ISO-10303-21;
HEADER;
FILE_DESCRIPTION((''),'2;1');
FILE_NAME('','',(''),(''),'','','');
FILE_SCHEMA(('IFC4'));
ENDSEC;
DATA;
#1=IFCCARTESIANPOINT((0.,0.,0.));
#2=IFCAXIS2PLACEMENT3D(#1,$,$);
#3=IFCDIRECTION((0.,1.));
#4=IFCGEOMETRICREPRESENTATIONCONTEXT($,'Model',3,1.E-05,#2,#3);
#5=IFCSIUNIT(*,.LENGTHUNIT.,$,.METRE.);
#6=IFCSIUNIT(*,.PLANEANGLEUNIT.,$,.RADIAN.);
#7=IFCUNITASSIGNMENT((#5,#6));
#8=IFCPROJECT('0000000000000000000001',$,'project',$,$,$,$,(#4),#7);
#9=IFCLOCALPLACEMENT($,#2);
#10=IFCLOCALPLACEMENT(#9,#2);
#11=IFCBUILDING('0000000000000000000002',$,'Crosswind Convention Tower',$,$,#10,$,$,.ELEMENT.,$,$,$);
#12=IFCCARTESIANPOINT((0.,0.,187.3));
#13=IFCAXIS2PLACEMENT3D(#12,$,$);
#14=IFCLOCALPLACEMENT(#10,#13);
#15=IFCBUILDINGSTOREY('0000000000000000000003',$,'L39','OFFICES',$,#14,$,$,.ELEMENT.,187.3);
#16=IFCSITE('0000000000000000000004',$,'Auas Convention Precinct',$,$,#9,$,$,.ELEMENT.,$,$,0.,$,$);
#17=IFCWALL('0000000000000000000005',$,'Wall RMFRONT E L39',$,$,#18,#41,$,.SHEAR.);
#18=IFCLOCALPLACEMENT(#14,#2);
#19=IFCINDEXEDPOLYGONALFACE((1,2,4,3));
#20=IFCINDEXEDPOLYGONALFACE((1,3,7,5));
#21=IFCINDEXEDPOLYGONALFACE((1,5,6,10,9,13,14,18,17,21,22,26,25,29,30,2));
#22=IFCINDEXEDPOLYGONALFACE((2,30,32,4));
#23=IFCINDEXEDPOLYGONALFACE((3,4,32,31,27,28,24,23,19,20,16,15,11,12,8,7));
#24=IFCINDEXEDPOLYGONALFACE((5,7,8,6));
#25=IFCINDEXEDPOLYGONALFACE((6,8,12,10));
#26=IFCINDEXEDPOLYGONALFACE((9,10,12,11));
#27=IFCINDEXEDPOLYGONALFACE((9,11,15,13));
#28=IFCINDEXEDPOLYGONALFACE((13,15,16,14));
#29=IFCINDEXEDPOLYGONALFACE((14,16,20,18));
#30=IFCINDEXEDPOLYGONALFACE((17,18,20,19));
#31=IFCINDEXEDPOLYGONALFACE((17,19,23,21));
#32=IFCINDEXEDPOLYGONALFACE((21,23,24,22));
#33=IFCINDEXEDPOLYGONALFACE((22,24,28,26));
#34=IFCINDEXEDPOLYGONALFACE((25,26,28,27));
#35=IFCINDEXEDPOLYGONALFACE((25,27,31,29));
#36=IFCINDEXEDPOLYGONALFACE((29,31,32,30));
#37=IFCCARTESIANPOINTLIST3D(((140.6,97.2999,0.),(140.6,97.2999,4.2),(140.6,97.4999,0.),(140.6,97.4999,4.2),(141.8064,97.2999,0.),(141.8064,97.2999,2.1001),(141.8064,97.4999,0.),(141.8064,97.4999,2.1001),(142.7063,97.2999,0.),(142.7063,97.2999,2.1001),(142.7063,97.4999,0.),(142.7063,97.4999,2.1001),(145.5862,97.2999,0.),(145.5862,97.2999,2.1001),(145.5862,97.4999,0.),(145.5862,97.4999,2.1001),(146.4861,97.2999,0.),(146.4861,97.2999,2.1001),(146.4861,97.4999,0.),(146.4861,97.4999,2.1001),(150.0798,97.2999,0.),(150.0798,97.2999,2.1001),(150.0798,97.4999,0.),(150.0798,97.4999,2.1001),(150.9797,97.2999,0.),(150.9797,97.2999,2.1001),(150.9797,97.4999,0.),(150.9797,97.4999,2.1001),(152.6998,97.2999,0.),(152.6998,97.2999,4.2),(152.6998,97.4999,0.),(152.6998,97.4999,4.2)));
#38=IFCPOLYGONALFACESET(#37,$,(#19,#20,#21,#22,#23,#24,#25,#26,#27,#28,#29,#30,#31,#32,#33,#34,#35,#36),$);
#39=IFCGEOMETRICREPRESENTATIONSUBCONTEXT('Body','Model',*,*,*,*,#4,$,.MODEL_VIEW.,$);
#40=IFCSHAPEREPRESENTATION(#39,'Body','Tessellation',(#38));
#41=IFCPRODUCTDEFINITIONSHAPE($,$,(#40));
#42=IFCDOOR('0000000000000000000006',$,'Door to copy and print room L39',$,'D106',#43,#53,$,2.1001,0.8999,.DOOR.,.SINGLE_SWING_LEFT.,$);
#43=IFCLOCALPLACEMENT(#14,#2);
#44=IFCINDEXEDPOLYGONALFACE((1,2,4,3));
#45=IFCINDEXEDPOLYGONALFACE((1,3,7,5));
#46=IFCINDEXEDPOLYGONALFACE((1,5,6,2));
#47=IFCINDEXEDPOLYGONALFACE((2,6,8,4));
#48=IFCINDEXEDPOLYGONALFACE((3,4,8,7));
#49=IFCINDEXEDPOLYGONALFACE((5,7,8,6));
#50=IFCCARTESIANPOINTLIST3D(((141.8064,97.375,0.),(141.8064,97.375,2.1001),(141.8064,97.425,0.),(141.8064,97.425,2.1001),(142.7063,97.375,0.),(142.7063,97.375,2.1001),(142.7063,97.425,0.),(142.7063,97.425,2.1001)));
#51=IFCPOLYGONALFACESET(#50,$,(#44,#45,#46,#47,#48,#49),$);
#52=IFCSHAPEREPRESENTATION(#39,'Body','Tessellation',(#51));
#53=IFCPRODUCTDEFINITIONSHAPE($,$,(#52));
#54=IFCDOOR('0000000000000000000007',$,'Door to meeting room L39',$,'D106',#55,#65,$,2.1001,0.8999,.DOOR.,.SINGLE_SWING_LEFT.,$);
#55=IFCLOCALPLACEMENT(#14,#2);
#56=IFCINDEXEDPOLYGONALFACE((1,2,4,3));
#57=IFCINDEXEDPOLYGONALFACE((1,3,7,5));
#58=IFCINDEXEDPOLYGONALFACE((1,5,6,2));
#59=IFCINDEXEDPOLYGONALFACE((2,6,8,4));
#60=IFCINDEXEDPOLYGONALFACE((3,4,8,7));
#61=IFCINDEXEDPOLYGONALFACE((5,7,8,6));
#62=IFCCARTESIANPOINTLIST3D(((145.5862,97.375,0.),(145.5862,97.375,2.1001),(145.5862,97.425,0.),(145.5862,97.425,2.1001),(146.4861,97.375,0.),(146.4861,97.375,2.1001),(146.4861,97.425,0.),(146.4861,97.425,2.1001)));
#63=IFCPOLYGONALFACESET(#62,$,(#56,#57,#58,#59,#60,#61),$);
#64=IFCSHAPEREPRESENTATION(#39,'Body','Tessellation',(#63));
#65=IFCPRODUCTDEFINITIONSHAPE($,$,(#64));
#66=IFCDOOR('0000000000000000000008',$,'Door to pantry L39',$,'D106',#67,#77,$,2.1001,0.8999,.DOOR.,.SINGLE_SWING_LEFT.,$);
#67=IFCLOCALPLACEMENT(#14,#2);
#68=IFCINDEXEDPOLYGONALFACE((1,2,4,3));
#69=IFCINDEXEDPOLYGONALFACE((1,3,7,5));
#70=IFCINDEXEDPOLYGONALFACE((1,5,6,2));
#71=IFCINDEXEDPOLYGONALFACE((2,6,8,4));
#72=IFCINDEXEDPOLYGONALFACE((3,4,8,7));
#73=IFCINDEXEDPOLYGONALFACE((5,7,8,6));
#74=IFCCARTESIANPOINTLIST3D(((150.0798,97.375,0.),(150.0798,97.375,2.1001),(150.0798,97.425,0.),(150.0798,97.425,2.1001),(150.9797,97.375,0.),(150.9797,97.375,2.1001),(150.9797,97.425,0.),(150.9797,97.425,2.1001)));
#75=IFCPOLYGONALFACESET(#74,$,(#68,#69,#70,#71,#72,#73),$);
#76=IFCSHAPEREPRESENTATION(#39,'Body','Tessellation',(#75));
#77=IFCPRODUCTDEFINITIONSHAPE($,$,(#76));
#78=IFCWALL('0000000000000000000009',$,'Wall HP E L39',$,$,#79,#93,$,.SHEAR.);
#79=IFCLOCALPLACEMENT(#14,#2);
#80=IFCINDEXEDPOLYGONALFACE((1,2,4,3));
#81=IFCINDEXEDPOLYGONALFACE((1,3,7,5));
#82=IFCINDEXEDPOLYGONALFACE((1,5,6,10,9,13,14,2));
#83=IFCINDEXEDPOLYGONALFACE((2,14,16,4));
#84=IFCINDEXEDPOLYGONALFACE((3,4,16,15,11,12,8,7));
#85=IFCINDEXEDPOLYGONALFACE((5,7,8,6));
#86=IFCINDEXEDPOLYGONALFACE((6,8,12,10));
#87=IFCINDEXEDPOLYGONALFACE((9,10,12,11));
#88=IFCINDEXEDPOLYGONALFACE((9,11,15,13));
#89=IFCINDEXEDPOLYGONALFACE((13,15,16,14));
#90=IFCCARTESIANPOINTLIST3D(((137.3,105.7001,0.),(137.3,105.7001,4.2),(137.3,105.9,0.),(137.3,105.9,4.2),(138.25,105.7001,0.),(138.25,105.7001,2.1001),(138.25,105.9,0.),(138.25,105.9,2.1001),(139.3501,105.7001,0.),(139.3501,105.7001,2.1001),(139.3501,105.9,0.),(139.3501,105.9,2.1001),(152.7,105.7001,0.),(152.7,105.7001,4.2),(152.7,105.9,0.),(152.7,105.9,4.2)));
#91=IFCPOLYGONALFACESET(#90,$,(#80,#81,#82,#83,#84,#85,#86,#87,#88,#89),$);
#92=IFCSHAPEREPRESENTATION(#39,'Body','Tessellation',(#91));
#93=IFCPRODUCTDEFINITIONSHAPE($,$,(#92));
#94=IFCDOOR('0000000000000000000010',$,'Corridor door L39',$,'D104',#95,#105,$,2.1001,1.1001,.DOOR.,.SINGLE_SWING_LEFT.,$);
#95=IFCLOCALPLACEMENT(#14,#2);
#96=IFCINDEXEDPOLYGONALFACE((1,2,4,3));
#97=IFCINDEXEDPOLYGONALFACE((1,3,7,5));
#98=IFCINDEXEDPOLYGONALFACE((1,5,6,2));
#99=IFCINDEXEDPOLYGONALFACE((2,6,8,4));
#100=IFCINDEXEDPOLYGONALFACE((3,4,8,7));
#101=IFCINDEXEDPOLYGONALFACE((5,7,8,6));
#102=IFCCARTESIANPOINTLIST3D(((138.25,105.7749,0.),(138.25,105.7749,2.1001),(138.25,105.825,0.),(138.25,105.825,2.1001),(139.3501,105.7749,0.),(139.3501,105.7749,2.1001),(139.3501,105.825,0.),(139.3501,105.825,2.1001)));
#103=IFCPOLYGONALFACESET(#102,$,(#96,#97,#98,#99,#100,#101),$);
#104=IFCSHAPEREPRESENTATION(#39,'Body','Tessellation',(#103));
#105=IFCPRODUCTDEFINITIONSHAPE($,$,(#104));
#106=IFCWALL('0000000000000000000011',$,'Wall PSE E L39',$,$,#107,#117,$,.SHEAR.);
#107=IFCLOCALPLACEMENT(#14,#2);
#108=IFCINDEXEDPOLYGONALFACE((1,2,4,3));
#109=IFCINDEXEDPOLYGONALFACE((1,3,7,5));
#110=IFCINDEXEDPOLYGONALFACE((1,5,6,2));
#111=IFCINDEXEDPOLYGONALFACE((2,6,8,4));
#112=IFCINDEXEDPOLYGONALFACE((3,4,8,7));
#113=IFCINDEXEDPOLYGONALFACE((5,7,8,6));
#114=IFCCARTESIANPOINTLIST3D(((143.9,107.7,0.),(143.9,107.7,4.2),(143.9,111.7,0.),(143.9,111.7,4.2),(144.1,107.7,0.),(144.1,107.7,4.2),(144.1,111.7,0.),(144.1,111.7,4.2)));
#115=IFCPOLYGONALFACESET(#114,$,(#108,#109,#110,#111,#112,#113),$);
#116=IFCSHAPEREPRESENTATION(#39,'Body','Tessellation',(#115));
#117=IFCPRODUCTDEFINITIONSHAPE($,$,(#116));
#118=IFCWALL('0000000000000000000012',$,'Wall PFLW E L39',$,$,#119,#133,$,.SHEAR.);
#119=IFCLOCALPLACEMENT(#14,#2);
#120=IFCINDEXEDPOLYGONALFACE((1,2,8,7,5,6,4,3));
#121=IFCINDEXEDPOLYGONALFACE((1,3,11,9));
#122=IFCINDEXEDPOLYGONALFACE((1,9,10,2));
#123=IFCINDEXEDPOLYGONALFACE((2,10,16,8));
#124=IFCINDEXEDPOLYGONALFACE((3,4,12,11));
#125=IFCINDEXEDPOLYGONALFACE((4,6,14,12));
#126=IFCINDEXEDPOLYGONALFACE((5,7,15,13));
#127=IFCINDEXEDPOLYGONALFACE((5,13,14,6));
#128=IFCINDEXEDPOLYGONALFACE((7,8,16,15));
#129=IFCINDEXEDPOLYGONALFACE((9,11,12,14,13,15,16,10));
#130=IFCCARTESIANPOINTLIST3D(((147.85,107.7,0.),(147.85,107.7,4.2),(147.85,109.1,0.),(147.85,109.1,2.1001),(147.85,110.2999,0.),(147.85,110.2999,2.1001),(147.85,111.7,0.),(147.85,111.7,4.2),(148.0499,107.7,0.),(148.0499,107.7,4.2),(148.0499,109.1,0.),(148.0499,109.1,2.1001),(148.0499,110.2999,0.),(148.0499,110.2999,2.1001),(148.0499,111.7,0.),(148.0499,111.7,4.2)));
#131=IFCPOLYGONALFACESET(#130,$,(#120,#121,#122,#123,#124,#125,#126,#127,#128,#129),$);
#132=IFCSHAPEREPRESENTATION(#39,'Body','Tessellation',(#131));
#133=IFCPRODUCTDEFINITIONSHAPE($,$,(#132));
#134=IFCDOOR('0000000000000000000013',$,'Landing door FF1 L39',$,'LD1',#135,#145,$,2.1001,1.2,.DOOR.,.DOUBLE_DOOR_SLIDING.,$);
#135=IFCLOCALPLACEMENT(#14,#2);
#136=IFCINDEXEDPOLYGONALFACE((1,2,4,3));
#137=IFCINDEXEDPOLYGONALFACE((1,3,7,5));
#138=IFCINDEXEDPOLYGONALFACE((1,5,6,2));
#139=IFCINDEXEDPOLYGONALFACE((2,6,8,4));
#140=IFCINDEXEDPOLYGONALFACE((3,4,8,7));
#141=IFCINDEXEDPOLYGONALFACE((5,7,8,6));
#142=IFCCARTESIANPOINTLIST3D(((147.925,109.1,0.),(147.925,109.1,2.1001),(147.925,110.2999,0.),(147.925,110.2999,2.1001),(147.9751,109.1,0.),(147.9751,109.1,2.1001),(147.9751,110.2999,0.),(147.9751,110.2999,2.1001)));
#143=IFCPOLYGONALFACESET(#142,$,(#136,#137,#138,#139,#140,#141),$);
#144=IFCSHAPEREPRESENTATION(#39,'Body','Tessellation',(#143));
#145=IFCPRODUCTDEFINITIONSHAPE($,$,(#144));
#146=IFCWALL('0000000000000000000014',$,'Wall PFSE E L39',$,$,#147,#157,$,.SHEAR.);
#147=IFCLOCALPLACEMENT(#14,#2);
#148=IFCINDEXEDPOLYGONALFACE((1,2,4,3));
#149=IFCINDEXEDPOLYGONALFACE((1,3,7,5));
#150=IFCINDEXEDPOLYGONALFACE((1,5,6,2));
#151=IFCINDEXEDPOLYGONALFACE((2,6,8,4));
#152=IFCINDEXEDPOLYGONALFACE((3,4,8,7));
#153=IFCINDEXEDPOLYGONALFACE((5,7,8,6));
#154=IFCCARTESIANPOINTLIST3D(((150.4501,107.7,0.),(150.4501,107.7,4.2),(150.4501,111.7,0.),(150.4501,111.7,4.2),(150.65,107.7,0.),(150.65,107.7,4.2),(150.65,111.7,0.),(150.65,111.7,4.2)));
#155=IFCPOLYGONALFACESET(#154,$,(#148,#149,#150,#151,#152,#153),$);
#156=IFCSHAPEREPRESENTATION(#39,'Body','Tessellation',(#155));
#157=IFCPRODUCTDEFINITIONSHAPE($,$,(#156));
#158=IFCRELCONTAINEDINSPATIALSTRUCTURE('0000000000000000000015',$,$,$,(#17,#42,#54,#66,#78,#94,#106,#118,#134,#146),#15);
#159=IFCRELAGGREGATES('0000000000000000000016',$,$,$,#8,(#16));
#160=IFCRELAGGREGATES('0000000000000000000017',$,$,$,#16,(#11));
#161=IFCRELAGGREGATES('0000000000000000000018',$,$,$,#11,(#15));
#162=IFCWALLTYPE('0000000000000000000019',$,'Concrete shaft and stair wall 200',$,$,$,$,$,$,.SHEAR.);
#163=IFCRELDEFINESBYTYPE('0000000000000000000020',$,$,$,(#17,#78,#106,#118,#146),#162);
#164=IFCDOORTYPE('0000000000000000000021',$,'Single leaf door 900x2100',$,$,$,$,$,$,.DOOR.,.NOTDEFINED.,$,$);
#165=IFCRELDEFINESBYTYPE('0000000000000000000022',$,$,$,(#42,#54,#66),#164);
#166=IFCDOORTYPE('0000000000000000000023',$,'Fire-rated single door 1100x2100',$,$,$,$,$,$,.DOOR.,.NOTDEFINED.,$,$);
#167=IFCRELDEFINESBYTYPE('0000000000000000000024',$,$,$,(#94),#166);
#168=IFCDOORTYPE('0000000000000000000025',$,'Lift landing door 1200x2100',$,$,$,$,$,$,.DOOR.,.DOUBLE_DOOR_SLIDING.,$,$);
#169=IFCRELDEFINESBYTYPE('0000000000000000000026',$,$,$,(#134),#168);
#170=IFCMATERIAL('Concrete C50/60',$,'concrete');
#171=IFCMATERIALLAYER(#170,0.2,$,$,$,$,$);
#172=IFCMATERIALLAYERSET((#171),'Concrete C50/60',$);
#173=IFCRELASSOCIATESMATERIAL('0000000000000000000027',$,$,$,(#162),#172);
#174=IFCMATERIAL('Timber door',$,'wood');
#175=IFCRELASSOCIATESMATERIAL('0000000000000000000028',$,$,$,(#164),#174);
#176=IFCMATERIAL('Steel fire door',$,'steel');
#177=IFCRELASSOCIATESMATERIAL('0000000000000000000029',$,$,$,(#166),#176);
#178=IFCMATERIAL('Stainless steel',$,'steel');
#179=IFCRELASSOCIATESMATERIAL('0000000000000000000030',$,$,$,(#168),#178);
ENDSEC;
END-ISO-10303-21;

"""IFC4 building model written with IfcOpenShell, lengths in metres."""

from ifc_helpers import new_model, si_unit, direction, frame, frame_2d, origin, place, context, subcontext, project, spatial, rectangle, extrude, material, layer, layer_set, type_object, element, fill, save


model = new_model("IFC4")

# Units and contexts
model_context = context("Model", 3, precision=1e-05, world=origin(), true_north=direction((0.0, 1.0)))
body_context = subcontext(model_context, "Body", "Model", "MODEL_VIEW")
ifc_project = project(units=[si_unit("LENGTHUNIT", "METRE"), si_unit("PLANEANGLEUNIT", "RADIAN")], contexts=[model_context])

# Site, building, storey
site_placement = place(None, origin())
site = spatial("IfcSite", under=ifc_project, at=site_placement, Name="Auas Convention Precinct", CompositionType="ELEMENT", RefElevation=0.0)
building_placement = place(site_placement, origin())
building = spatial("IfcBuilding", under=site, at=building_placement, Name="Crosswind Convention Tower", CompositionType="ELEMENT")
storey_placement = place(building_placement, frame((0.0, 0.0, 187.3)))
storey = spatial("IfcBuildingStorey", under=building, at=storey_placement, Name="L39", Description="OFFICES", CompositionType="ELEMENT", Elevation=187.3)

# Shared definitions
ifc_material_1 = material(Name="Concrete C50/60", Category="concrete")
ifc_layer_1 = layer(ifc_material_1, 0.2)
ifc_layer_set_1 = layer_set([ifc_layer_1], Name="Concrete C50/60")
wall_type_1 = type_object("IfcWallType", Name="Concrete shaft and stair wall 200", PredefinedType="SHEAR", material=ifc_layer_set_1)

# Wall, openings, doors
ifc_material_2 = material(Name="Timber door", Category="wood")
door_type_1 = type_object("IfcDoorType", Name="Single leaf door 900x2100", OperationType="NOTDEFINED", PredefinedType="DOOR", material=ifc_material_2)
wall_1_placement = place(storey_placement, frame((140.6001, 97.3999, 0.0), z_axis=(0.0, 0.0, 1.0), x_axis=(1.0, 0.0, 0.0)))
wall_1 = element("IfcWall", 1, at=wall_1_placement, inside=storey, type_object=wall_type_1, Name="Wall RMFRONT E L39", PredefinedType="SHEAR", context=body_context, shape_type="SweptSolid", body=[
    extrude(rectangle(XDim=12.0999, YDim=0.2, at=frame_2d((6.0498, 0.0))), origin(), (0.0, 0.0, 1.0), 4.2),
])
opening_1_placement = place(wall_1_placement, frame((1.2063, 0.0, 0.0)))
opening_1 = element("IfcOpeningElement", 2, at=opening_1_placement, cuts=wall_1, PredefinedType="OPENING", context=body_context, shape_type="SweptSolid", body=[
    extrude(rectangle(XDim=0.8999, YDim=2.1001, at=frame_2d((0.45, 1.05))), frame((0.0, 0.1099, 0.0), z_axis=(0.0, -1.0, 0.0), x_axis=(1.0, 0.0, 0.0)), (0.0, 0.0, 1.0), 0.22),
])
opening_2_placement = place(wall_1_placement, frame((4.9861, 0.0, 0.0)))
opening_2 = element("IfcOpeningElement", 3, at=opening_2_placement, cuts=wall_1, PredefinedType="OPENING", context=body_context, shape_type="SweptSolid", body=[
    extrude(rectangle(XDim=0.8999, YDim=2.1001, at=frame_2d((0.45, 1.05))), frame((0.0, 0.1099, 0.0), z_axis=(0.0, -1.0, 0.0), x_axis=(1.0, 0.0, 0.0)), (0.0, 0.0, 1.0), 0.22),
])
opening_3_placement = place(wall_1_placement, frame((9.4797, 0.0, 0.0)))
opening_3 = element("IfcOpeningElement", 4, at=opening_3_placement, cuts=wall_1, PredefinedType="OPENING", context=body_context, shape_type="SweptSolid", body=[
    extrude(rectangle(XDim=0.8999, YDim=2.1001, at=frame_2d((0.45, 1.05))), frame((0.0, 0.1099, 0.0), z_axis=(0.0, -1.0, 0.0), x_axis=(1.0, 0.0, 0.0)), (0.0, 0.0, 1.0), 0.22),
])
door_1_placement = place(opening_1_placement, frame((0.8999, 0.0, 0.0), z_axis=(0.0, 0.0, 1.0), x_axis=(-1.0, 0.0, 0.0)))
door_1 = element("IfcDoor", 5, at=door_1_placement, inside=storey, type_object=door_type_1, Name="Door to copy and print room L39", ObjectType="D106", OperationType="SINGLE_SWING_LEFT", OverallHeight=2.1001, OverallWidth=0.8999, PredefinedType="DOOR", context=body_context, shape_type="SweptSolid", body=[
    extrude(rectangle(XDim=0.8999, YDim=2.1001, at=frame_2d((0.45, 1.05))), frame((0.0, 0.0249, 0.0), z_axis=(0.0, -1.0, 0.0), x_axis=(1.0, 0.0, 0.0)), (0.0, 0.0, 1.0), 0.05),
])
fill(opening_1, door_1)
door_2_placement = place(opening_2_placement, frame((0.8999, 0.0, 0.0), z_axis=(0.0, 0.0, 1.0), x_axis=(-1.0, 0.0, 0.0)))
door_2 = element("IfcDoor", 6, at=door_2_placement, inside=storey, type_object=door_type_1, Name="Door to meeting room L39", ObjectType="D106", OperationType="SINGLE_SWING_LEFT", OverallHeight=2.1001, OverallWidth=0.8999, PredefinedType="DOOR", context=body_context, shape_type="SweptSolid", body=[
    extrude(rectangle(XDim=0.8999, YDim=2.1001, at=frame_2d((0.45, 1.05))), frame((0.0, 0.0249, 0.0), z_axis=(0.0, -1.0, 0.0), x_axis=(1.0, 0.0, 0.0)), (0.0, 0.0, 1.0), 0.05),
])
fill(opening_2, door_2)
door_3_placement = place(opening_3_placement, frame((0.8999, 0.0, 0.0), z_axis=(0.0, 0.0, 1.0), x_axis=(-1.0, 0.0, 0.0)))
door_3 = element("IfcDoor", 7, at=door_3_placement, inside=storey, type_object=door_type_1, Name="Door to pantry L39", ObjectType="D106", OperationType="SINGLE_SWING_LEFT", OverallHeight=2.1001, OverallWidth=0.8999, PredefinedType="DOOR", context=body_context, shape_type="SweptSolid", body=[
    extrude(rectangle(XDim=0.8999, YDim=2.1001, at=frame_2d((0.45, 1.05))), frame((0.0, 0.0249, 0.0), z_axis=(0.0, -1.0, 0.0), x_axis=(1.0, 0.0, 0.0)), (0.0, 0.0, 1.0), 0.05),
])
fill(opening_3, door_3)

# Wall, opening, door
wall_2_placement = place(storey_placement, frame((137.3, 105.8, 0.0), z_axis=(0.0, 0.0, 1.0), x_axis=(1.0, 0.0, 0.0)))
wall_2 = element("IfcWall", 8, at=wall_2_placement, inside=storey, type_object=wall_type_1, Name="Wall HP E L39", PredefinedType="SHEAR", context=body_context, shape_type="SweptSolid", body=[
    extrude(rectangle(XDim=15.3999, YDim=0.2, at=frame_2d((7.7, 0.0))), origin(), (0.0, 0.0, 1.0), 4.2),
])
opening_4_placement = place(wall_2_placement, frame((0.95, 0.0, 0.0)))
opening_4 = element("IfcOpeningElement", 9, at=opening_4_placement, cuts=wall_2, PredefinedType="OPENING", context=body_context, shape_type="SweptSolid", body=[
    extrude(rectangle(XDim=1.1001, YDim=2.1001, at=frame_2d((0.55, 1.05))), frame((0.0, 0.1099, 0.0), z_axis=(0.0, -1.0, 0.0), x_axis=(1.0, 0.0, 0.0)), (0.0, 0.0, 1.0), 0.22),
])
ifc_material_3 = material(Name="Steel fire door", Category="steel")
door_type_2 = type_object("IfcDoorType", Name="Fire-rated single door 1100x2100", OperationType="NOTDEFINED", PredefinedType="DOOR", material=ifc_material_3)
door_4_placement = place(opening_4_placement, origin())
door_4 = element("IfcDoor", 10, at=door_4_placement, inside=storey, type_object=door_type_2, Name="Corridor door L39", ObjectType="D104", OperationType="SINGLE_SWING_LEFT", OverallHeight=2.1001, OverallWidth=1.1001, PredefinedType="DOOR", context=body_context, shape_type="SweptSolid", body=[
    extrude(rectangle(XDim=1.1001, YDim=2.1001, at=frame_2d((0.55, 1.05))), frame((0.0, 0.0249, 0.0), z_axis=(0.0, -1.0, 0.0), x_axis=(1.0, 0.0, 0.0)), (0.0, 0.0, 1.0), 0.05),
])
fill(opening_4, door_4)

# Wall
wall_3_placement = place(storey_placement, frame((144.0, 107.7, 0.0), z_axis=(0.0, 0.0, 1.0), x_axis=(0.0, 1.0, 0.0)))
element("IfcWall", 11, at=wall_3_placement, inside=storey, type_object=wall_type_1, Name="Wall PSE E L39", PredefinedType="SHEAR", context=body_context, shape_type="SweptSolid", body=[
    extrude(rectangle(XDim=4.0, YDim=0.2, at=frame_2d((2.0, 0.0))), origin(), (0.0, 0.0, 1.0), 4.2),
])

# Wall, opening, door
wall_4_placement = place(storey_placement, frame((147.95, 107.7, 0.0), z_axis=(0.0, 0.0, 1.0), x_axis=(0.0, 1.0, 0.0)))
wall_4 = element("IfcWall", 12, at=wall_4_placement, inside=storey, type_object=wall_type_1, Name="Wall PFLW E L39", PredefinedType="SHEAR", context=body_context, shape_type="SweptSolid", body=[
    extrude(rectangle(XDim=4.0, YDim=0.2, at=frame_2d((2.0, 0.0))), origin(), (0.0, 0.0, 1.0), 4.2),
])
opening_5_placement = place(wall_4_placement, frame((1.3999, 0.0, 0.0)))
opening_5 = element("IfcOpeningElement", 13, at=opening_5_placement, cuts=wall_4, PredefinedType="OPENING", context=body_context, shape_type="SweptSolid", body=[
    extrude(rectangle(XDim=1.2, YDim=2.1001, at=frame_2d((0.6001, 1.05))), frame((0.0, 0.1099, 0.0), z_axis=(0.0, -1.0, 0.0), x_axis=(1.0, 0.0, 0.0)), (0.0, 0.0, 1.0), 0.22),
])
ifc_material_4 = material(Name="Stainless steel", Category="steel")
door_type_3 = type_object("IfcDoorType", Name="Lift landing door 1200x2100", OperationType="DOUBLE_DOOR_SLIDING", PredefinedType="DOOR", material=ifc_material_4)
door_5_placement = place(opening_5_placement, origin())
door_5 = element("IfcDoor", 14, at=door_5_placement, inside=storey, type_object=door_type_3, Name="Landing door FF1 L39", ObjectType="LD1", OperationType="DOUBLE_DOOR_SLIDING", OverallHeight=2.1001, OverallWidth=1.2, PredefinedType="DOOR", context=body_context, shape_type="SweptSolid", body=[
    extrude(rectangle(XDim=1.2, YDim=2.1001, at=frame_2d((0.6001, 1.05))), frame((0.0, 0.0249, 0.0), z_axis=(0.0, -1.0, 0.0), x_axis=(1.0, 0.0, 0.0)), (0.0, 0.0, 1.0), 0.05),
])
fill(opening_5, door_5)

# Wall
wall_5_placement = place(storey_placement, frame((150.55, 107.7, 0.0), z_axis=(0.0, 0.0, 1.0), x_axis=(0.0, 1.0, 0.0)))
element("IfcWall", 15, at=wall_5_placement, inside=storey, type_object=wall_type_1, Name="Wall PFSE E L39", PredefinedType="SHEAR", context=body_context, shape_type="SweptSolid", body=[
    extrude(rectangle(XDim=4.0, YDim=0.2, at=frame_2d((2.0, 0.0))), origin(), (0.0, 0.0, 1.0), 4.2),
])

save(model, "model.ifc")
